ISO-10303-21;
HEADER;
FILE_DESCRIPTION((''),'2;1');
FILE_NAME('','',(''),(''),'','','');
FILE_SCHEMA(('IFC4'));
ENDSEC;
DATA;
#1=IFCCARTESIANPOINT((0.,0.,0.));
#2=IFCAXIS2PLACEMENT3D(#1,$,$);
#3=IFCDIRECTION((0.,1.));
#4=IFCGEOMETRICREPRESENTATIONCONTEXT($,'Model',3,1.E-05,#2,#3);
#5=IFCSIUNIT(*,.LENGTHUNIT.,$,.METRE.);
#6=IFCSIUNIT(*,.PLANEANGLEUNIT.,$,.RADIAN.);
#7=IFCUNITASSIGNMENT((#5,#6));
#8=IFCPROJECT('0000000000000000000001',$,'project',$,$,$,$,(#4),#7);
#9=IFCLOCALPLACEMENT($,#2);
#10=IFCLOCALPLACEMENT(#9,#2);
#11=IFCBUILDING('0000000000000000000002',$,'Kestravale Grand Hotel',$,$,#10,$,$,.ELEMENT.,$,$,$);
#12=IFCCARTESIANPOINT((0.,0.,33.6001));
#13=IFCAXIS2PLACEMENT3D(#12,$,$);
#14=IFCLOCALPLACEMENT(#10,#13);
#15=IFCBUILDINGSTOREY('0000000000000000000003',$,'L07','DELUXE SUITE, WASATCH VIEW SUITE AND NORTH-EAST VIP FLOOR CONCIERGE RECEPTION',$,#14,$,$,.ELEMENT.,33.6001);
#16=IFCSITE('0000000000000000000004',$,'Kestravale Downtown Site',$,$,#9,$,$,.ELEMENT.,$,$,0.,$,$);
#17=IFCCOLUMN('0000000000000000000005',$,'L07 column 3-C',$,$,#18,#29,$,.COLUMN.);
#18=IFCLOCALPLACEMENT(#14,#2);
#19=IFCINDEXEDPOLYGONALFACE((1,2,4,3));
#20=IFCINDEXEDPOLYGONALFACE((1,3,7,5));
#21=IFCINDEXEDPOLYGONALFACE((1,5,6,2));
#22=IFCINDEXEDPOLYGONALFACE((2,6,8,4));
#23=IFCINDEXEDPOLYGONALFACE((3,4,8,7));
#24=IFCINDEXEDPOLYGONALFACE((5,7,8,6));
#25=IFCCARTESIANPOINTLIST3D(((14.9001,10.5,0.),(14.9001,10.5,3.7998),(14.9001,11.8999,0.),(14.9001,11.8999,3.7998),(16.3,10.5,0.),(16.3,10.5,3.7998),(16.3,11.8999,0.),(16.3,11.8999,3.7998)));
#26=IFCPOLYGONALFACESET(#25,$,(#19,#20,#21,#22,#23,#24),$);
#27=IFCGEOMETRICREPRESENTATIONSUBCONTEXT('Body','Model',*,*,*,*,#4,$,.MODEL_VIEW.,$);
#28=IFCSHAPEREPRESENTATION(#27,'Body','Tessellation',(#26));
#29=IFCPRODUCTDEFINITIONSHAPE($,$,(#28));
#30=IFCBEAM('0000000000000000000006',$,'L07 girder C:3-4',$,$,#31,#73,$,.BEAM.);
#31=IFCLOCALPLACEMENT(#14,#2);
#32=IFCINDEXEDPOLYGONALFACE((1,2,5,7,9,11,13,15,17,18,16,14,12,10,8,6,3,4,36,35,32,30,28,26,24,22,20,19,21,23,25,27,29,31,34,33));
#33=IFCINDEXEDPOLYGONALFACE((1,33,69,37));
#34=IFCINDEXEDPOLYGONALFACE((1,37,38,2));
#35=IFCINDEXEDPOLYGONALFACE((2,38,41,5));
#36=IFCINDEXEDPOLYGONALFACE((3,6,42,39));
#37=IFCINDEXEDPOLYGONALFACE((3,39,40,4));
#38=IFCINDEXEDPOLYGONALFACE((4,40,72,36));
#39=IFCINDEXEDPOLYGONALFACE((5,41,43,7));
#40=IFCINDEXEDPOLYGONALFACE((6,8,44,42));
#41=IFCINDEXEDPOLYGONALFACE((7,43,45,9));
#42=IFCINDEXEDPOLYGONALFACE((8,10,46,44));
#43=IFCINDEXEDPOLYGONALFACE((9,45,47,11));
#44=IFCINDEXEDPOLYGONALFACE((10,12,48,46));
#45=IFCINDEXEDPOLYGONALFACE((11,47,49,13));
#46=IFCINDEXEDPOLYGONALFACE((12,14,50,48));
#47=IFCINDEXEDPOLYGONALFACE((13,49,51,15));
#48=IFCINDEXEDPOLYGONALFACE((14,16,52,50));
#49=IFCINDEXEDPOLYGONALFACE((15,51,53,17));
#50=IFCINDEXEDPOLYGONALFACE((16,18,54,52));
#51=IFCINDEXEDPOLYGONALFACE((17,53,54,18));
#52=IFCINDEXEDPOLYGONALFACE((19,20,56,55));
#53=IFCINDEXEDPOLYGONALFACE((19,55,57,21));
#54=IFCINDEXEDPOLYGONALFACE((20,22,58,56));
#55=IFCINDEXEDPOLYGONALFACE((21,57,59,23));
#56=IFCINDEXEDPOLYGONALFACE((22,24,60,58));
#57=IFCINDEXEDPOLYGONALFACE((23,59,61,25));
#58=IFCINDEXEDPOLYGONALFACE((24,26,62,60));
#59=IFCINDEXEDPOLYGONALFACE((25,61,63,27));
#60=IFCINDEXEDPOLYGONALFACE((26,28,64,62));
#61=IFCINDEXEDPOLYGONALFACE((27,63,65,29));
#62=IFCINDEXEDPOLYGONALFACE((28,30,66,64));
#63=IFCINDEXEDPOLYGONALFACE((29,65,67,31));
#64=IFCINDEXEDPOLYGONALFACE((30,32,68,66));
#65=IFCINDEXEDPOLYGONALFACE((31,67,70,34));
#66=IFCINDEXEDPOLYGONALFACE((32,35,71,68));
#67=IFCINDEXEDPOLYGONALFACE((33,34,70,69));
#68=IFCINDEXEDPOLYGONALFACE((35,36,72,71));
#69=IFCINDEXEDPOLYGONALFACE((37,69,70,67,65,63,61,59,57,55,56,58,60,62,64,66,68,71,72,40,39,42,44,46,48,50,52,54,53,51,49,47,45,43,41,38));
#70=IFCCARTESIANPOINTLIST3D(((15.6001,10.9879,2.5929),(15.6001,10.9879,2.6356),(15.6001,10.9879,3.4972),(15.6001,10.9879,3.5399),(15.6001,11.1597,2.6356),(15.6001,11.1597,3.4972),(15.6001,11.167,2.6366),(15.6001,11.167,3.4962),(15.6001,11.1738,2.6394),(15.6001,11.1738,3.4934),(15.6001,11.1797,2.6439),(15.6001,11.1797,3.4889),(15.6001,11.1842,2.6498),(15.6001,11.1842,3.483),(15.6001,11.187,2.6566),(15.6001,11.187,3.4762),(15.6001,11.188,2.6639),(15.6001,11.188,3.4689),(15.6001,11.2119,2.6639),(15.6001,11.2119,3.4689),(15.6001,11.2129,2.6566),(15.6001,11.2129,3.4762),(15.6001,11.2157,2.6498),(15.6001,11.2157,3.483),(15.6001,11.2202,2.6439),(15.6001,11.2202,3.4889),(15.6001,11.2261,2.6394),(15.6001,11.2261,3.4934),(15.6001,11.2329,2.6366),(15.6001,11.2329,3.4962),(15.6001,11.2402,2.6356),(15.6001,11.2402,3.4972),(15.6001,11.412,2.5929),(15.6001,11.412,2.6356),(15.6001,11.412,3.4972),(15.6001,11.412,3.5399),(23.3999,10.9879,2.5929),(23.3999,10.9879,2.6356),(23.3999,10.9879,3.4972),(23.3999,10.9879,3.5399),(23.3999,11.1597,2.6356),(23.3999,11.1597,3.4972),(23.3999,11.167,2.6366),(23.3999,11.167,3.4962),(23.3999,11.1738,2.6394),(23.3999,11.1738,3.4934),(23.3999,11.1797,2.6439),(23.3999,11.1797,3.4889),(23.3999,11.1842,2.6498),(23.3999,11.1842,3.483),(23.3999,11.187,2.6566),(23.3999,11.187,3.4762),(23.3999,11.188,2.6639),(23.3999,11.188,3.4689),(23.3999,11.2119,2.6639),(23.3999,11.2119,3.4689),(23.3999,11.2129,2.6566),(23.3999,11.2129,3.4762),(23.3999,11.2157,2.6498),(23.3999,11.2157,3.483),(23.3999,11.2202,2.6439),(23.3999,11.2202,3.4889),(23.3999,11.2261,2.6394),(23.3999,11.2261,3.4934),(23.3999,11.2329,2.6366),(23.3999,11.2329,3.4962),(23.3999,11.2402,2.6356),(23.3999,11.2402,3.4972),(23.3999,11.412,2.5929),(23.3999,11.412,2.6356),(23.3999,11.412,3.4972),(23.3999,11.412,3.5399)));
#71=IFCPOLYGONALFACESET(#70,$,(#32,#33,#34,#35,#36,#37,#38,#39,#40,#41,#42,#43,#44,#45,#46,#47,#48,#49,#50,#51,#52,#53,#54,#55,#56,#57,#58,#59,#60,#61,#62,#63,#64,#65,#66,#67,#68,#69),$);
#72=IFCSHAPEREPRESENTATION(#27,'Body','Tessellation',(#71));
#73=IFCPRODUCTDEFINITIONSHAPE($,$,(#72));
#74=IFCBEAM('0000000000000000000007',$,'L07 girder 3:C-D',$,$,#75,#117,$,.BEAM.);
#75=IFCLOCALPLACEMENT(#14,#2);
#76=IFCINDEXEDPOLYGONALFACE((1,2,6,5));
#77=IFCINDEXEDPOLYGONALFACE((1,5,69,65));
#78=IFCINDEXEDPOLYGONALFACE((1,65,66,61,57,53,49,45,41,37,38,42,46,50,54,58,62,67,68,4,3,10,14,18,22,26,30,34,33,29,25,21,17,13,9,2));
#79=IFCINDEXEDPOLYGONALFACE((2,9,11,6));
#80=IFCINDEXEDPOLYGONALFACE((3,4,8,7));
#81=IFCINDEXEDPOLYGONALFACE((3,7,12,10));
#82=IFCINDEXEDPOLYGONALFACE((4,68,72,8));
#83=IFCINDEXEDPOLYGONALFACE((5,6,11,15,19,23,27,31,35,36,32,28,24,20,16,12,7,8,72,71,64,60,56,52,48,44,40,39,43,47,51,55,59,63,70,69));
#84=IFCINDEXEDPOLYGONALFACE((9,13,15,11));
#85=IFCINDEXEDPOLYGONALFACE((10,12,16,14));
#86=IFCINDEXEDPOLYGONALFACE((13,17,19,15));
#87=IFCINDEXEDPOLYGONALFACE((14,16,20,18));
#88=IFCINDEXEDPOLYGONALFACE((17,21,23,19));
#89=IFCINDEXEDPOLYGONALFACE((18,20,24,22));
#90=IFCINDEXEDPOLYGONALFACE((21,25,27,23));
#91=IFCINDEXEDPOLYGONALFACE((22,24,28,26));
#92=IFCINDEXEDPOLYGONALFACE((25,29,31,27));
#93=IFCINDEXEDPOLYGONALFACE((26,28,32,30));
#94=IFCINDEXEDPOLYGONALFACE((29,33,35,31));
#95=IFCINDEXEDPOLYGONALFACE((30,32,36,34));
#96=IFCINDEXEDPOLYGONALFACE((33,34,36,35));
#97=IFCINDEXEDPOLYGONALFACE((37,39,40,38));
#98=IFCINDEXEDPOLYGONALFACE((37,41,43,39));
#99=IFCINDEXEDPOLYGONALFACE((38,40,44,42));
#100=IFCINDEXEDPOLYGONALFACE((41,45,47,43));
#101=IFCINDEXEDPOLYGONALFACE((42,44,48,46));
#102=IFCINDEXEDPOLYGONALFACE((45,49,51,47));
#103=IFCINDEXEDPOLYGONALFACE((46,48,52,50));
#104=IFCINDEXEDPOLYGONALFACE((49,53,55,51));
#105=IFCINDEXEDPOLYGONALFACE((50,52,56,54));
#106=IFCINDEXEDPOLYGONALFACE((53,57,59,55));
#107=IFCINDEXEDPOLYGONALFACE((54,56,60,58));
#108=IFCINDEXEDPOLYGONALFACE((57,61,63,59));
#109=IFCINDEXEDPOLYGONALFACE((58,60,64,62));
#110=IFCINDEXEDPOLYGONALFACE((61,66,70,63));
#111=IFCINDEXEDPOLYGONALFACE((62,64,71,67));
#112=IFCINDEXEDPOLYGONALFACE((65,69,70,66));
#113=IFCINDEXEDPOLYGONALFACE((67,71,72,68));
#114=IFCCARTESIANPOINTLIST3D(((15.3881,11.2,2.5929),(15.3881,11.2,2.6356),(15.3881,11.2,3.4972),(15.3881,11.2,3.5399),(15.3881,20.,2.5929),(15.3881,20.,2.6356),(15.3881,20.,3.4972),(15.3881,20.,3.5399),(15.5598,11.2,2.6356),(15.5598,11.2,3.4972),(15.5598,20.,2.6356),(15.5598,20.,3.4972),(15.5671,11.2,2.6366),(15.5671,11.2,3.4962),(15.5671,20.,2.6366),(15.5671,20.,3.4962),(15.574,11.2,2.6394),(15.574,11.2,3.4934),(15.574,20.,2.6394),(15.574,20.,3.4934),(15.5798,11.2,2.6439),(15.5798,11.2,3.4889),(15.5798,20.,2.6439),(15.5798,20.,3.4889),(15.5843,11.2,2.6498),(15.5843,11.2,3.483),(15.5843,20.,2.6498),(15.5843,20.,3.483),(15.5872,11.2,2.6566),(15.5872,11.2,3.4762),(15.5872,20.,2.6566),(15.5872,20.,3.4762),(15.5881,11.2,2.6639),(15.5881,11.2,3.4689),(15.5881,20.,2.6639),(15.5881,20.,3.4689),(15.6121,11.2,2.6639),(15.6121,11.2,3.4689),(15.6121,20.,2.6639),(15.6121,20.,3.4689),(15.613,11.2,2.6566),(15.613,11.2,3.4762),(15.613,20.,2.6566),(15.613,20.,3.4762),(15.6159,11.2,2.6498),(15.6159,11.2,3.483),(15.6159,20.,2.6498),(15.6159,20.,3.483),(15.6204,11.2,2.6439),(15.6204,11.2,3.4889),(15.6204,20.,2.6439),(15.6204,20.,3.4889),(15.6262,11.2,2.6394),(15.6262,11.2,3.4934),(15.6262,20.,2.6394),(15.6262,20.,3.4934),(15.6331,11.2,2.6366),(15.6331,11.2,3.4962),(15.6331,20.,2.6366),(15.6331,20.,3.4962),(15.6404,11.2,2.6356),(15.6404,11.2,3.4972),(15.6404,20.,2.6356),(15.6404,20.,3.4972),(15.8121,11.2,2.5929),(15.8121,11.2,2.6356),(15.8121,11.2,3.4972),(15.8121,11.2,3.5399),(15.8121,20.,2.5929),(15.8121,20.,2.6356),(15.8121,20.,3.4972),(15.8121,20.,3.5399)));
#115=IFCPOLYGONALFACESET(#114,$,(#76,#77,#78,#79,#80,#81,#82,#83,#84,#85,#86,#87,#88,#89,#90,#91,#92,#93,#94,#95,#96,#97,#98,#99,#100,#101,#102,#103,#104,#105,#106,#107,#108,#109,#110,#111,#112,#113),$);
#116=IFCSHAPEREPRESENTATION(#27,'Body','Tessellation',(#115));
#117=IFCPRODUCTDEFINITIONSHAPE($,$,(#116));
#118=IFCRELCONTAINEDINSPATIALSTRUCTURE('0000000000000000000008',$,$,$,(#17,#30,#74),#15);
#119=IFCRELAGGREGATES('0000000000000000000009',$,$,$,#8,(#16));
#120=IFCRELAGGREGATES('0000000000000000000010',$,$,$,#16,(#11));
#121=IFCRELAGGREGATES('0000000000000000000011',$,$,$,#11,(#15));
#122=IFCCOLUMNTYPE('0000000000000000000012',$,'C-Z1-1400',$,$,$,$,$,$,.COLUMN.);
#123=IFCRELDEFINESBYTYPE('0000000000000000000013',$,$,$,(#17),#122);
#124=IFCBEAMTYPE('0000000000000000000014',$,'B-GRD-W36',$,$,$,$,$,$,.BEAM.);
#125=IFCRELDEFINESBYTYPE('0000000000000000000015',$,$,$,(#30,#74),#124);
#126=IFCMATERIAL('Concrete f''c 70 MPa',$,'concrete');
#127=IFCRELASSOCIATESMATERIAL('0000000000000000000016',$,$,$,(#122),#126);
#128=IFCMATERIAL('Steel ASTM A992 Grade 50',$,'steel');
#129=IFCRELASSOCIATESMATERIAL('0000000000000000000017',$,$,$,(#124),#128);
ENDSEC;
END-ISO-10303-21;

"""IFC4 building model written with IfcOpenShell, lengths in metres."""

from ifc_helpers import new_model, si_unit, direction, frame, origin, origin_2d, place, context, subcontext, project, spatial, rectangle, i_section, extrude, material, material_profile, profile_set, type_object, element, save


model = new_model("IFC4")

# Units and contexts
model_context = context("Model", 3, precision=1e-05, world=origin(), true_north=direction((0.0, 1.0)))
body_context = subcontext(model_context, "Body", "Model", "MODEL_VIEW")
ifc_project = project(units=[si_unit("LENGTHUNIT", "METRE"), si_unit("PLANEANGLEUNIT", "RADIAN")], contexts=[model_context])

# Site, building, storey
site_placement = place(None, origin())
site = spatial("IfcSite", under=ifc_project, at=site_placement, Name="Kestravale Downtown Site", CompositionType="ELEMENT", RefElevation=0.0)
building_placement = place(site_placement, origin())
building = spatial("IfcBuilding", under=site, at=building_placement, Name="Kestravale Grand Hotel", CompositionType="ELEMENT")
storey_placement = place(building_placement, frame((0.0, 0.0, 33.6001)))
storey = spatial("IfcBuildingStorey", under=building, at=storey_placement, Name="L07", Description="DELUXE SUITE, WASATCH VIEW SUITE AND NORTH-EAST VIP FLOOR CONCIERGE RECEPTION", CompositionType="ELEMENT", Elevation=33.6001)

# Column
ifc_material_1 = material(Name="Concrete f'c 70 MPa", Category="concrete")
ifc_material_profile_1 = material_profile(ifc_material_1, rectangle(XDim=1.3999, YDim=1.3999, at=origin_2d()))
ifc_profile_set_1 = profile_set([ifc_material_profile_1], Name="Concrete f'c 70 MPa")
column_type = type_object("IfcColumnType", Name="C-Z1-1400", PredefinedType="COLUMN", material=ifc_profile_set_1)
column_placement = place(storey_placement, frame((15.6001, 11.2, 0.0), z_axis=(0.0, 0.0, 1.0), x_axis=(1.0, 0.0, 0.0)))
element("IfcColumn", 1, at=column_placement, inside=storey, type_object=column_type, Name="L07 column 3-C", PredefinedType="COLUMN", context=body_context, shape_type="SweptSolid", body=[
    extrude(rectangle(XDim=1.3999, YDim=1.3999, at=origin_2d()), origin(), (0.0, 0.0, 1.0), 3.7998),
])

# Beams
ifc_material_2 = material(Name="Steel ASTM A992 Grade 50", Category="steel")
ifc_material_profile_2 = material_profile(ifc_material_2, i_section(OverallWidth=0.4241, OverallDepth=0.947, WebThickness=0.0239, FlangeThickness=0.0427, FilletRadius=0.0283, at=origin_2d()))
ifc_profile_set_2 = profile_set([ifc_material_profile_2], Name="Steel ASTM A992 Grade 50")
beam_type = type_object("IfcBeamType", Name="B-GRD-W36", PredefinedType="BEAM", material=ifc_profile_set_2)
beam_1_placement = place(storey_placement, frame((15.6001, 11.2, 3.0664), z_axis=(1.0, 0.0, 0.0), x_axis=(0.0, 1.0, 0.0)))
element("IfcBeam", 2, at=beam_1_placement, inside=storey, type_object=beam_type, Name="L07 girder C:3-4", PredefinedType="BEAM", context=body_context, shape_type="SweptSolid", body=[
    extrude(i_section(OverallWidth=0.4241, OverallDepth=0.947, WebThickness=0.0239, FlangeThickness=0.0427, FilletRadius=0.0283, at=origin_2d()), origin(), (0.0, 0.0, 1.0), 7.7998),
])
beam_2_placement = place(storey_placement, frame((15.6001, 11.2, 3.0664), z_axis=(0.0, 1.0, 0.0), x_axis=(-1.0, 0.0, 0.0)))
element("IfcBeam", 3, at=beam_2_placement, inside=storey, type_object=beam_type, Name="L07 girder 3:C-D", PredefinedType="BEAM", context=body_context, shape_type="SweptSolid", body=[
    extrude(i_section(OverallWidth=0.4241, OverallDepth=0.947, WebThickness=0.0239, FlangeThickness=0.0427, FilletRadius=0.0283, at=origin_2d()), origin(), (0.0, 0.0, 1.0), 8.8),
])

save(model, "model.ifc")
